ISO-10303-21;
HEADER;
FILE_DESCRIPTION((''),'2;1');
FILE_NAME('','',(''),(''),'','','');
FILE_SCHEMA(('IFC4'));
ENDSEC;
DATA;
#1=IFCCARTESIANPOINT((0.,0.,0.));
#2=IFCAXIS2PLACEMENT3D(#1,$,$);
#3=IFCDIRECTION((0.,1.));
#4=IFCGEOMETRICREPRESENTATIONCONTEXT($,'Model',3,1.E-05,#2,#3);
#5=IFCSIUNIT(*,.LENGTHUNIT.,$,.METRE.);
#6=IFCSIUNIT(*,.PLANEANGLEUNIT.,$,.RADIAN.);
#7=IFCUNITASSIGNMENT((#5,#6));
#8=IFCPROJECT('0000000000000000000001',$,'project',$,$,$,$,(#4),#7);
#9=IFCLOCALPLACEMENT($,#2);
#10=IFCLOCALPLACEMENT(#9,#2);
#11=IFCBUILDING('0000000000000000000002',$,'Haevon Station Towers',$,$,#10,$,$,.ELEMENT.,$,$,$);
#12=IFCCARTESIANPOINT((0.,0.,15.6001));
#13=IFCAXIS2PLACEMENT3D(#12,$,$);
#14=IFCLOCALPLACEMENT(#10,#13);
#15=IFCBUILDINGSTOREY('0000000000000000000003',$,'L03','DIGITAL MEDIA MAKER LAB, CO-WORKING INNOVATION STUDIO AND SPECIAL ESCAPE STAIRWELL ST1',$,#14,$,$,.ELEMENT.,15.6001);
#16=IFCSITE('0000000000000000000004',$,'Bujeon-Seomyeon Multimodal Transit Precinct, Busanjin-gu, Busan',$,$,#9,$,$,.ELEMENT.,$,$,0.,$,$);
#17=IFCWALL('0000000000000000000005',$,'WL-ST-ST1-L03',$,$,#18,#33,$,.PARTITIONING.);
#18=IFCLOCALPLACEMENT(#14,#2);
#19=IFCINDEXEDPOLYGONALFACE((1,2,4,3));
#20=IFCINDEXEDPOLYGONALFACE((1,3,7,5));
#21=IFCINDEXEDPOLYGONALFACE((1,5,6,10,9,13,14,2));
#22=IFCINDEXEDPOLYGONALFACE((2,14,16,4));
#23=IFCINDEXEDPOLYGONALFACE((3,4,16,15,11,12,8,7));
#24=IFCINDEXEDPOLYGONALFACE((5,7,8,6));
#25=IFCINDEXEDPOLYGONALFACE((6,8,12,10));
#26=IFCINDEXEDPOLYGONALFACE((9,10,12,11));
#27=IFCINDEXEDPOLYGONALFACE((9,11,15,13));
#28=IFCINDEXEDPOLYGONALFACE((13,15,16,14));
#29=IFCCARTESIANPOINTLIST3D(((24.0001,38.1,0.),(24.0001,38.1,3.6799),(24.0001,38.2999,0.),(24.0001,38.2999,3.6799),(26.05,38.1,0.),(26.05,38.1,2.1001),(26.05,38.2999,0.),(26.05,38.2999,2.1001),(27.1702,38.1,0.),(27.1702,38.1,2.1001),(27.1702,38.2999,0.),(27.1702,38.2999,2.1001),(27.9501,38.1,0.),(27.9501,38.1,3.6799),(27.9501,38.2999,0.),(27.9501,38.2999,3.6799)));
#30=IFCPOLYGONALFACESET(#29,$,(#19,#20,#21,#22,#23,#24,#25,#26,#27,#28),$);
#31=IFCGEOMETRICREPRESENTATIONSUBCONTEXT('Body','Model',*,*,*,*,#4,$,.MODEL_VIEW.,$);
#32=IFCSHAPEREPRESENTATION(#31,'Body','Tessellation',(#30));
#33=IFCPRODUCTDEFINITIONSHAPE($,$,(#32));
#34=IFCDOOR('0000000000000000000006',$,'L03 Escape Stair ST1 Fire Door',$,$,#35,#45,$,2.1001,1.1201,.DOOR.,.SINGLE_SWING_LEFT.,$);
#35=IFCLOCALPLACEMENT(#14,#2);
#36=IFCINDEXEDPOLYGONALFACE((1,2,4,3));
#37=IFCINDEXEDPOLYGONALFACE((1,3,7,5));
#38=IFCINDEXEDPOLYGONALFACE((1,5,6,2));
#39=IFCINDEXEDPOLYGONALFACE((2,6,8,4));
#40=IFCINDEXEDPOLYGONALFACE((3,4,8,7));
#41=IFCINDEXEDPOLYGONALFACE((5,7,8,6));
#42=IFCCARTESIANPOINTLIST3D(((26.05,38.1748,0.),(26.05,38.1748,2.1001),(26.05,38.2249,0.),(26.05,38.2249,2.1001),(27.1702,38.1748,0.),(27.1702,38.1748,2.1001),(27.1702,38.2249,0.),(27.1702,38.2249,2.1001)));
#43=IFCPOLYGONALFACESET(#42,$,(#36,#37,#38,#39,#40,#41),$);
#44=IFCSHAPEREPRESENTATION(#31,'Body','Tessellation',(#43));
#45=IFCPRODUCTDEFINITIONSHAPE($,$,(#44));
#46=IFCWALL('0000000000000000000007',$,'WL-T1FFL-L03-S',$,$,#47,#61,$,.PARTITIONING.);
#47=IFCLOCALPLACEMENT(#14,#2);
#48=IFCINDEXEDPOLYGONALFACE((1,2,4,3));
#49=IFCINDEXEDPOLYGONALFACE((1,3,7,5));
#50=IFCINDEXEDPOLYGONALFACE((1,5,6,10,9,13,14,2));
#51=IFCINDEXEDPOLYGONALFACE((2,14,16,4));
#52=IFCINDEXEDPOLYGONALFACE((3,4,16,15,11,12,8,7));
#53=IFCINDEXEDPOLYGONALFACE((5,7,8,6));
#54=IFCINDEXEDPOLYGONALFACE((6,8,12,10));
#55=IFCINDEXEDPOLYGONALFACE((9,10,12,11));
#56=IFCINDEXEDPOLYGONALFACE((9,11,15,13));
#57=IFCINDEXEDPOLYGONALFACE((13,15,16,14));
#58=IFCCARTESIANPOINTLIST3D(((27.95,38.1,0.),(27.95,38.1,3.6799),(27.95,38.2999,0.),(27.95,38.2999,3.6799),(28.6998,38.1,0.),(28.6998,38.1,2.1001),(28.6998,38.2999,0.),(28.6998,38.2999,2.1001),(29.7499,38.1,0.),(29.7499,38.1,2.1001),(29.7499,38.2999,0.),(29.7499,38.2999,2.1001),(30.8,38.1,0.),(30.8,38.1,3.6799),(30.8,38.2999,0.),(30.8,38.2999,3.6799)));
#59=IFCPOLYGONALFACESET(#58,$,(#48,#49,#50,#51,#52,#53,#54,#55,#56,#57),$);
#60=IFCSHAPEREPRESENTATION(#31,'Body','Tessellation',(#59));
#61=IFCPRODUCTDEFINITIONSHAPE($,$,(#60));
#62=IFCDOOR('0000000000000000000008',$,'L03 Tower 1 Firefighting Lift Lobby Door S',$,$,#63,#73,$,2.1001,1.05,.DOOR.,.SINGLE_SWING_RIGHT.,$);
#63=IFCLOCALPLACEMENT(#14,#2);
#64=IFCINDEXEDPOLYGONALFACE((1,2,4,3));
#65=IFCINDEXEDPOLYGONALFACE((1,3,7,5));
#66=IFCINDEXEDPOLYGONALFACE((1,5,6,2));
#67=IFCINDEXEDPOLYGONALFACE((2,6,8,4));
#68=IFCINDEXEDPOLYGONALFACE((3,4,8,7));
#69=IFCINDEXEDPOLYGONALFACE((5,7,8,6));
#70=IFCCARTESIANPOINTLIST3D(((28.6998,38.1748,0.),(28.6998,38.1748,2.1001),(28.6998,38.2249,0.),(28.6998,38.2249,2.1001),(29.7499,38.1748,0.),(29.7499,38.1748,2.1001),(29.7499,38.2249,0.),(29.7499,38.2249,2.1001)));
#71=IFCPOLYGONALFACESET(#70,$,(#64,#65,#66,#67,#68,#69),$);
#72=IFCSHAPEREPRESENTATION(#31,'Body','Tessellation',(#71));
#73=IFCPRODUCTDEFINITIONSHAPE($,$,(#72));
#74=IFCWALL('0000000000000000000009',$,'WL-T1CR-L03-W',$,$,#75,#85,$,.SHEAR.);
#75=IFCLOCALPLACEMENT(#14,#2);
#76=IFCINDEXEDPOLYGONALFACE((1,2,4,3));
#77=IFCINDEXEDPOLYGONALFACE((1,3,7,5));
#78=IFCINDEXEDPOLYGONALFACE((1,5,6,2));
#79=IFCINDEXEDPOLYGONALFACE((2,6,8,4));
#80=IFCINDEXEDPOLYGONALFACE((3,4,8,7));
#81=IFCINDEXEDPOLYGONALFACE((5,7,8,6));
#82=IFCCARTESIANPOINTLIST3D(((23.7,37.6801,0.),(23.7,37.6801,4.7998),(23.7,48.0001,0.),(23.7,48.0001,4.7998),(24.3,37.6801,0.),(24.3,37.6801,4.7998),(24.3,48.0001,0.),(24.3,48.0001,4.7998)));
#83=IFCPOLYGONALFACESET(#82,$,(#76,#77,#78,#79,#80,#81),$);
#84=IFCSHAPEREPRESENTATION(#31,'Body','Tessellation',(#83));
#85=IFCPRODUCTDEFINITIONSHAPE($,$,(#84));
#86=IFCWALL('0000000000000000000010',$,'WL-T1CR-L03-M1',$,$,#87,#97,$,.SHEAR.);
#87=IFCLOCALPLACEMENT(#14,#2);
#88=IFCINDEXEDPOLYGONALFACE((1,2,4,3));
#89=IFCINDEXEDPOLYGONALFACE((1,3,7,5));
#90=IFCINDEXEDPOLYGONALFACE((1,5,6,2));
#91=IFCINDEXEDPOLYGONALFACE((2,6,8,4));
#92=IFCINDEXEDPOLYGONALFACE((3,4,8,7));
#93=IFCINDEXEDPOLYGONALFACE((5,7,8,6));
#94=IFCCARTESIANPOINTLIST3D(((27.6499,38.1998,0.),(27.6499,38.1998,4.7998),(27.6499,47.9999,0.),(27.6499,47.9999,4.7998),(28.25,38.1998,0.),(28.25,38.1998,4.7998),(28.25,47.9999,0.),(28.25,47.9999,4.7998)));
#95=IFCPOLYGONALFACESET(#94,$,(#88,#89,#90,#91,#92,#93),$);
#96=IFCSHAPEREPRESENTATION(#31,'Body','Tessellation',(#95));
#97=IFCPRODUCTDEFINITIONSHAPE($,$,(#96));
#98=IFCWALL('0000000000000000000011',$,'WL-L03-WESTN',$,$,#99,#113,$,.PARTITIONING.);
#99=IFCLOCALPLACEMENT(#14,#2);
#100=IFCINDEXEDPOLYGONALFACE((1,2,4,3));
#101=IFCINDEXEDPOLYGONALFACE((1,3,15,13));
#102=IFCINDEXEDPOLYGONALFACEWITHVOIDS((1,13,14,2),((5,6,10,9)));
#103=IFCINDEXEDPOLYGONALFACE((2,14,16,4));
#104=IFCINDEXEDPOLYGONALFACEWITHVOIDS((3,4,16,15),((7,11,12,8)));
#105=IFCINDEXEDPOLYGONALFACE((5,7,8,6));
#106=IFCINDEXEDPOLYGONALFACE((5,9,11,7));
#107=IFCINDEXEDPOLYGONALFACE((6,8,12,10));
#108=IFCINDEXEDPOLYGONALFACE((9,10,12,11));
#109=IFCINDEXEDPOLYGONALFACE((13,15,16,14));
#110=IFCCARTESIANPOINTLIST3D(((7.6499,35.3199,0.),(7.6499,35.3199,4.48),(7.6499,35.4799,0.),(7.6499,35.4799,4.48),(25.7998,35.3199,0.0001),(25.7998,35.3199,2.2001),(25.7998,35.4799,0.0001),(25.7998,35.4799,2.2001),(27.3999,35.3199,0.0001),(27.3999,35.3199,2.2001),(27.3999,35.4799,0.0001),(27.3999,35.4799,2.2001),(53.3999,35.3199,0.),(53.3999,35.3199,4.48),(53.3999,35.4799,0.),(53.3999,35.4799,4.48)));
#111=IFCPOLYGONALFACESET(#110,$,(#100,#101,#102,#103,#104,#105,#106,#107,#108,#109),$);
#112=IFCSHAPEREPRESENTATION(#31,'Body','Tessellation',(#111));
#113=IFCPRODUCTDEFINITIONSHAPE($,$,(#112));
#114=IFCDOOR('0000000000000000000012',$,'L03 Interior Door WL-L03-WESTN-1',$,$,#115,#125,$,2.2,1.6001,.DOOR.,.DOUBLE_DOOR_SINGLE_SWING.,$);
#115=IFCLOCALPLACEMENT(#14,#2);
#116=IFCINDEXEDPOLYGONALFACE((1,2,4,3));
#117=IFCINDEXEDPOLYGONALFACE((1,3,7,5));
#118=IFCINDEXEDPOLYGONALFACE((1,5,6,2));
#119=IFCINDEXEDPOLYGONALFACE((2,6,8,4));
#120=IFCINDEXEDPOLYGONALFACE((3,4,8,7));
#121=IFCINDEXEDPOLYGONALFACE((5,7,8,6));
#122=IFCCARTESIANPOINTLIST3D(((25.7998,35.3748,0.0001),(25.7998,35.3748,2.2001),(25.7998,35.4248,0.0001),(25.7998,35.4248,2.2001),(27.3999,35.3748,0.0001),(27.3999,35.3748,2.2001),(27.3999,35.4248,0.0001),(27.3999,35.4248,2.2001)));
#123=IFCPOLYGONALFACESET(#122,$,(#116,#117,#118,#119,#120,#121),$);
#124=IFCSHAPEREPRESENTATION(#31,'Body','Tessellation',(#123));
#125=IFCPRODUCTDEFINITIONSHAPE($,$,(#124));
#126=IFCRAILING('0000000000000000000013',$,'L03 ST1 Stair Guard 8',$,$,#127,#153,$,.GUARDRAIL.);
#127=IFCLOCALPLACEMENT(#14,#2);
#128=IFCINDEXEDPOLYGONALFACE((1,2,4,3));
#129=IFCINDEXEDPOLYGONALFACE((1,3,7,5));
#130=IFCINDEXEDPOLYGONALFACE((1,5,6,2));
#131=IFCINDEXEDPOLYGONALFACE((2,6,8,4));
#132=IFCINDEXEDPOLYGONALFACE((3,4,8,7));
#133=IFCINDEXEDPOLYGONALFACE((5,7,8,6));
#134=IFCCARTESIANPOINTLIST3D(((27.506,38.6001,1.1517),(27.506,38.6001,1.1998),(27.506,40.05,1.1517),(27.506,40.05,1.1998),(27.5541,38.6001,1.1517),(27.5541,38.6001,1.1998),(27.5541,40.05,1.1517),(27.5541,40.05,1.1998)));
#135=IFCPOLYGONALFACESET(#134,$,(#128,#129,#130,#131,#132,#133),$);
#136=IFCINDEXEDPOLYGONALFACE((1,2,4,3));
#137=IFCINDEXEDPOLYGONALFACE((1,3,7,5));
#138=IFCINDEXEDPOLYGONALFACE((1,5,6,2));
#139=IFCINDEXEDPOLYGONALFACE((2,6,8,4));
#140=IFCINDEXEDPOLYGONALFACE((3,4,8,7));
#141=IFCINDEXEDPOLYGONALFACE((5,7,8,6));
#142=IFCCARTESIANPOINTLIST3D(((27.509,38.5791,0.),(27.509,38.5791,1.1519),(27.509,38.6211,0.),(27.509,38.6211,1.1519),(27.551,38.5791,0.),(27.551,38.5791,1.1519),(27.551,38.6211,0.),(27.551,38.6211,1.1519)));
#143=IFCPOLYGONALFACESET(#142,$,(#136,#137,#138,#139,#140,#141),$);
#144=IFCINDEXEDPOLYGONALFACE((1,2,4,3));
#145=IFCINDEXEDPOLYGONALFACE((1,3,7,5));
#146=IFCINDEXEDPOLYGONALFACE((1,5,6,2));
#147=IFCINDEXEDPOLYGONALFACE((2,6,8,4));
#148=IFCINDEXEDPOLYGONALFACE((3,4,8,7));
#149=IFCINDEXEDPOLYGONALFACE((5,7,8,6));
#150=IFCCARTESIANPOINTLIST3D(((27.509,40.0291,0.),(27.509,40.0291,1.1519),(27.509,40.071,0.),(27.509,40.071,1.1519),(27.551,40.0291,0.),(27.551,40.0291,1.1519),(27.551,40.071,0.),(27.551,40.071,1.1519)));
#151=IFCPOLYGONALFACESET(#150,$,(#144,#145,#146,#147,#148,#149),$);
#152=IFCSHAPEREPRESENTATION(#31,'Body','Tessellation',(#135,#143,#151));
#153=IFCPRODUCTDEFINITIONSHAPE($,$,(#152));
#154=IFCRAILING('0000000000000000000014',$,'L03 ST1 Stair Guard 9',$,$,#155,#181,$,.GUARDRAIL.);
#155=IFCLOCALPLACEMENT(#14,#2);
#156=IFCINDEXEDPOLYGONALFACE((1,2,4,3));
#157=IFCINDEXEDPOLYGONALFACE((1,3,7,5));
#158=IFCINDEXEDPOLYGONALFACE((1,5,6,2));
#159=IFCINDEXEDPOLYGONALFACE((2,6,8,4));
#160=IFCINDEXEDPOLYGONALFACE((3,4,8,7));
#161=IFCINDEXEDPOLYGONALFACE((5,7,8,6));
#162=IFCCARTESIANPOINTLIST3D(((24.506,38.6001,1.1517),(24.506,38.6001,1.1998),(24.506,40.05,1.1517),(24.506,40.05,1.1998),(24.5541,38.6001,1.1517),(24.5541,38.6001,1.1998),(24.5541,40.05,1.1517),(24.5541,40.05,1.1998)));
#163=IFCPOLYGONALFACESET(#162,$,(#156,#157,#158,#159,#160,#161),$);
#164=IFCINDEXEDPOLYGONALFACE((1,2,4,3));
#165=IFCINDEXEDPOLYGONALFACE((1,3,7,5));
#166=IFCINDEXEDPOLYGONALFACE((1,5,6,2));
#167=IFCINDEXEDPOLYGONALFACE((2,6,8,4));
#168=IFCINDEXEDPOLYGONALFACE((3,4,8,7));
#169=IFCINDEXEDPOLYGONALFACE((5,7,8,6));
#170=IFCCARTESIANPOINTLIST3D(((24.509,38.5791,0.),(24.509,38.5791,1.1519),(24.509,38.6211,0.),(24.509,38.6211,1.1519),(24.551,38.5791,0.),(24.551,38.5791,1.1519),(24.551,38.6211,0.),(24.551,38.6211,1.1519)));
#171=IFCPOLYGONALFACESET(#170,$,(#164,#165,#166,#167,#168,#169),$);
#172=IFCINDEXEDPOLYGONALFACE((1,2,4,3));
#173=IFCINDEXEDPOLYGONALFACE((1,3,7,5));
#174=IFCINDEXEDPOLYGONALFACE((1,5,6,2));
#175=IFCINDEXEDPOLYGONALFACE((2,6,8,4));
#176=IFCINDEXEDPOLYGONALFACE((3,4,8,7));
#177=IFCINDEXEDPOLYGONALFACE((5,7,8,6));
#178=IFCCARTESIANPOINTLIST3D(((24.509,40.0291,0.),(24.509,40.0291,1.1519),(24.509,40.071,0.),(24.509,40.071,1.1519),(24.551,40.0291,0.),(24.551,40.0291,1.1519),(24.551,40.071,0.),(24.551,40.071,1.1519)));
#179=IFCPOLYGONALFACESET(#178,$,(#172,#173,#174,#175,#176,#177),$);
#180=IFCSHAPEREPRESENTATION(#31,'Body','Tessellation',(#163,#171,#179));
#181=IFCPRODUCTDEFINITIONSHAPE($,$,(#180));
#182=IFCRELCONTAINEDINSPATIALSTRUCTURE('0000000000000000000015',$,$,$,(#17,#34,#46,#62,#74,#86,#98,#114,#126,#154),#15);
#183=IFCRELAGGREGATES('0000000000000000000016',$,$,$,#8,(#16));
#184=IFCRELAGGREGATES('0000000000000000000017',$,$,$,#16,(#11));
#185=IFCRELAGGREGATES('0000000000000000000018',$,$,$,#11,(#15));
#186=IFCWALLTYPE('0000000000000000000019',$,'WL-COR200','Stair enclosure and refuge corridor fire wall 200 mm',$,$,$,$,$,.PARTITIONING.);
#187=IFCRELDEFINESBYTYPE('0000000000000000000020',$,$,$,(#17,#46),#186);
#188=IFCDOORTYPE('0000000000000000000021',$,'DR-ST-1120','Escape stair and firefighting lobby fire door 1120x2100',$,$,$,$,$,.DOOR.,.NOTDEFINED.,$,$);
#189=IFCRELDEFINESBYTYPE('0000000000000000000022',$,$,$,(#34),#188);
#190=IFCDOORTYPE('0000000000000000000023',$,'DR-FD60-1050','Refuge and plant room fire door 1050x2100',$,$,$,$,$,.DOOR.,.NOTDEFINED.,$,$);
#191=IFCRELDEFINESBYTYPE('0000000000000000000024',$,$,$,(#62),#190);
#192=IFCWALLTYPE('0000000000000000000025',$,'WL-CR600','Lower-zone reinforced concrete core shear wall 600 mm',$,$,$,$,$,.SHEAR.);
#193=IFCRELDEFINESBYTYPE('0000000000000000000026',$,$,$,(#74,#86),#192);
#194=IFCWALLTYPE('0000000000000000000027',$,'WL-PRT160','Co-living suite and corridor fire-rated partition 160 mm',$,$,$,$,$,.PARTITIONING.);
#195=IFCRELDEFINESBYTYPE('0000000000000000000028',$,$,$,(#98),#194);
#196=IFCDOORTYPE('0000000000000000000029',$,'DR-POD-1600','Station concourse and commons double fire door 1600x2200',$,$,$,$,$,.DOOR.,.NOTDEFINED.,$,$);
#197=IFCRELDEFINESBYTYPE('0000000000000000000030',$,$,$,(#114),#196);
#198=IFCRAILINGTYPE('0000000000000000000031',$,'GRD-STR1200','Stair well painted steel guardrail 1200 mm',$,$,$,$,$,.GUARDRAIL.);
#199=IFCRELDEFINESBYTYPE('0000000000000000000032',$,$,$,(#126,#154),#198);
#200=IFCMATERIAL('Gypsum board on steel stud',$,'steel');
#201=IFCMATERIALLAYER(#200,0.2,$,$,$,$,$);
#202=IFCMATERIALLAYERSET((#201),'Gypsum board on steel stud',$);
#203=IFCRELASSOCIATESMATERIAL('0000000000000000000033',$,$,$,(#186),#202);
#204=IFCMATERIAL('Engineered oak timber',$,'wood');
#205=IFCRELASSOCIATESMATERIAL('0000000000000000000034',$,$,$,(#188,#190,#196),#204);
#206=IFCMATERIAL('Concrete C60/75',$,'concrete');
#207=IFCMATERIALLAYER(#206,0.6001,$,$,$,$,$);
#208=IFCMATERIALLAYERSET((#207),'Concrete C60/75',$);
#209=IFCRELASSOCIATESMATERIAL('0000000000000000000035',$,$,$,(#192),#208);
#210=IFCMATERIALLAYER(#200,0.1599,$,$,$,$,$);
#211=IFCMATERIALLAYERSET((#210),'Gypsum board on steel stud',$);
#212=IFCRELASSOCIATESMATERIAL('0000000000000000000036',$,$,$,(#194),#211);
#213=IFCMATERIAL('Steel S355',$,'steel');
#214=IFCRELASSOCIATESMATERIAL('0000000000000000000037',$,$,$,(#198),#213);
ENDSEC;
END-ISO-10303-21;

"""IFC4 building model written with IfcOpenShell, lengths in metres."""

from ifc_helpers import new_model, si_unit, direction, frame, frame_2d, origin, origin_2d, place, context, subcontext, project, spatial, rectangle, extrude, material, layer, layer_set, type_object, element, fill, save


model = new_model("IFC4")

# Units and contexts
model_context = context("Model", 3, precision=1e-05, world=origin(), true_north=direction((0.0, 1.0)))
body_context = subcontext(model_context, "Body", "Model", "MODEL_VIEW")
ifc_project = project(units=[si_unit("LENGTHUNIT", "METRE"), si_unit("PLANEANGLEUNIT", "RADIAN")], contexts=[model_context])

# Site, building, storey
site_placement = place(None, origin())
site = spatial("IfcSite", under=ifc_project, at=site_placement, Name="Bujeon-Seomyeon Multimodal Transit Precinct, Busanjin-gu, Busan", CompositionType="ELEMENT", RefElevation=0.0)
building_placement = place(site_placement, origin())
building = spatial("IfcBuilding", under=site, at=building_placement, Name="Haevon Station Towers", CompositionType="ELEMENT")
storey_placement = place(building_placement, frame((0.0, 0.0, 15.6001)))
storey = spatial("IfcBuildingStorey", under=building, at=storey_placement, Name="L03", Description="DIGITAL MEDIA MAKER LAB, CO-WORKING INNOVATION STUDIO AND SPECIAL ESCAPE STAIRWELL ST1", CompositionType="ELEMENT", Elevation=15.6001)

# Shared definitions
ifc_material_1 = material(Name="Steel S355", Category="steel")

# Walls, openings, doors
ifc_material_2 = material(Name="Gypsum board on steel stud", Category="steel")
ifc_layer_1 = layer(ifc_material_2, 0.2)
ifc_layer_set_1 = layer_set([ifc_layer_1], Name="Gypsum board on steel stud")
wall_type_1 = type_object("IfcWallType", Name="WL-COR200", Description="Stair enclosure and refuge corridor fire wall 200 mm", PredefinedType="PARTITIONING", material=ifc_layer_set_1)
wall_1_placement = place(storey_placement, frame((24.0, 38.2, 0.0), z_axis=(0.0, 0.0, 1.0), x_axis=(1.0, 0.0, 0.0)))
wall_1 = element("IfcWall", 1, at=wall_1_placement, inside=storey, type_object=wall_type_1, Name="WL-ST-ST1-L03", PredefinedType="PARTITIONING", context=body_context, shape_type="SweptSolid", body=[
    extrude(rectangle(XDim=3.95, YDim=0.2, at=frame_2d((1.9751, 0.0))), origin(), (0.0, 0.0, 1.0), 3.6799),
])
opening_1_placement = place(wall_1_placement, frame((2.05, 0.0, 0.0)))
opening_1 = element("IfcOpeningElement", 2, at=opening_1_placement, cuts=wall_1, PredefinedType="OPENING", context=body_context, shape_type="SweptSolid", body=[
    extrude(rectangle(XDim=1.1201, YDim=2.1001, at=frame_2d((0.5601, 1.05))), frame((0.0, 0.1099, 0.0), z_axis=(0.0, -1.0, 0.0), x_axis=(1.0, 0.0, 0.0)), (0.0, 0.0, 1.0), 0.22),
])
ifc_material_3 = material(Name="Engineered oak timber", Category="wood")
door_type_1 = type_object("IfcDoorType", Name="DR-ST-1120", Description="Escape stair and firefighting lobby fire door 1120x2100", OperationType="NOTDEFINED", PredefinedType="DOOR", material=ifc_material_3)
door_1_placement = place(opening_1_placement, origin())
door_1 = element("IfcDoor", 3, at=door_1_placement, inside=storey, type_object=door_type_1, Name="L03 Escape Stair ST1 Fire Door", OperationType="SINGLE_SWING_LEFT", OverallHeight=2.1001, OverallWidth=1.1201, PredefinedType="DOOR", context=body_context, shape_type="SweptSolid", body=[
    extrude(rectangle(XDim=1.1201, YDim=2.1001, at=frame_2d((0.5601, 1.05))), frame((0.0, 0.0249, 0.0), z_axis=(0.0, -1.0, 0.0), x_axis=(1.0, 0.0, 0.0)), (0.0, 0.0, 1.0), 0.05),
])
fill(opening_1, door_1)
wall_2_placement = place(storey_placement, frame((27.95, 38.2, 0.0), z_axis=(0.0, 0.0, 1.0), x_axis=(1.0, 0.0, 0.0)))
wall_2 = element("IfcWall", 4, at=wall_2_placement, inside=storey, type_object=wall_type_1, Name="WL-T1FFL-L03-S", PredefinedType="PARTITIONING", context=body_context, shape_type="SweptSolid", body=[
    extrude(rectangle(XDim=2.8501, YDim=0.2, at=frame_2d((1.425, 0.0))), origin(), (0.0, 0.0, 1.0), 3.6799),
])
opening_2_placement = place(wall_2_placement, frame((0.75, 0.0, 0.0)))
opening_2 = element("IfcOpeningElement", 5, at=opening_2_placement, cuts=wall_2, PredefinedType="OPENING", context=body_context, shape_type="SweptSolid", body=[
    extrude(rectangle(XDim=1.05, YDim=2.1001, at=frame_2d((0.5249, 1.05))), frame((0.0, 0.1099, 0.0), z_axis=(0.0, -1.0, 0.0), x_axis=(1.0, 0.0, 0.0)), (0.0, 0.0, 1.0), 0.22),
])
door_type_2 = type_object("IfcDoorType", Name="DR-FD60-1050", Description="Refuge and plant room fire door 1050x2100", OperationType="NOTDEFINED", PredefinedType="DOOR", material=ifc_material_3)
door_2_placement = place(opening_2_placement, origin())
door_2 = element("IfcDoor", 6, at=door_2_placement, inside=storey, type_object=door_type_2, Name="L03 Tower 1 Firefighting Lift Lobby Door S", OperationType="SINGLE_SWING_RIGHT", OverallHeight=2.1001, OverallWidth=1.05, PredefinedType="DOOR", context=body_context, shape_type="SweptSolid", body=[
    extrude(rectangle(XDim=1.05, YDim=2.1001, at=frame_2d((0.5249, 1.05))), frame((0.0, 0.0249, 0.0), z_axis=(0.0, -1.0, 0.0), x_axis=(1.0, 0.0, 0.0)), (0.0, 0.0, 1.0), 0.05),
])
fill(opening_2, door_2)

# Walls
ifc_material_4 = material(Name="Concrete C60/75", Category="concrete")
ifc_layer_2 = layer(ifc_material_4, 0.6001)
ifc_layer_set_2 = layer_set([ifc_layer_2], Name="Concrete C60/75")
wall_type_2 = type_object("IfcWallType", Name="WL-CR600", Description="Lower-zone reinforced concrete core shear wall 600 mm", PredefinedType="SHEAR", material=ifc_layer_set_2)
wall_3_placement = place(storey_placement, frame((24.0, 37.6799, 0.0), z_axis=(0.0, 0.0, 1.0), x_axis=(0.0, 1.0, 0.0)))
element("IfcWall", 7, at=wall_3_placement, inside=storey, type_object=wall_type_2, Name="WL-T1CR-L03-W", PredefinedType="SHEAR", context=body_context, shape_type="SweptSolid", body=[
    extrude(rectangle(XDim=10.3201, YDim=0.6001, at=frame_2d((5.1602, 0.0))), origin(), (0.0, 0.0, 1.0), 4.7998),
])
wall_4_placement = place(storey_placement, frame((27.95, 38.2, 0.0), z_axis=(0.0, 0.0, 1.0), x_axis=(0.0, 1.0, 0.0)))
element("IfcWall", 8, at=wall_4_placement, inside=storey, type_object=wall_type_2, Name="WL-T1CR-L03-M1", PredefinedType="SHEAR", context=body_context, shape_type="SweptSolid", body=[
    extrude(rectangle(XDim=9.8, YDim=0.6001, at=frame_2d((4.8999, 0.0))), origin(), (0.0, 0.0, 1.0), 4.7998),
])

# Wall, opening, door
ifc_layer_3 = layer(ifc_material_2, 0.1599)
ifc_layer_set_3 = layer_set([ifc_layer_3], Name="Gypsum board on steel stud")
wall_type_3 = type_object("IfcWallType", Name="WL-PRT160", Description="Co-living suite and corridor fire-rated partition 160 mm", PredefinedType="PARTITIONING", material=ifc_layer_set_3)
wall_5_placement = place(storey_placement, frame((7.6499, 35.3999, 0.0), z_axis=(0.0, 0.0, 1.0), x_axis=(1.0, 0.0, 0.0)))
wall_5 = element("IfcWall", 9, at=wall_5_placement, inside=storey, type_object=wall_type_3, Name="WL-L03-WESTN", PredefinedType="PARTITIONING", context=body_context, shape_type="SweptSolid", body=[
    extrude(rectangle(XDim=45.75, YDim=0.1599, at=frame_2d((22.875, 0.0))), origin(), (0.0, 0.0, 1.0), 4.48),
])
opening_3_placement = place(wall_5_placement, frame((18.1499, 0.0, 0.0)))
opening_3 = element("IfcOpeningElement", 10, at=opening_3_placement, cuts=wall_5, PredefinedType="OPENING", context=body_context, shape_type="SweptSolid", body=[
    extrude(rectangle(XDim=1.6001, YDim=2.2, at=frame_2d((0.8, 1.1001))), frame((0.0, 0.0898, 0.0), z_axis=(0.0, -1.0, 0.0), x_axis=(1.0, 0.0, 0.0)), (0.0, 0.0, 1.0), 0.1799),
])
door_type_3 = type_object("IfcDoorType", Name="DR-POD-1600", Description="Station concourse and commons double fire door 1600x2200", OperationType="NOTDEFINED", PredefinedType="DOOR", material=ifc_material_3)
door_3_placement = place(opening_3_placement, origin())
door_3 = element("IfcDoor", 11, at=door_3_placement, inside=storey, type_object=door_type_3, Name="L03 Interior Door WL-L03-WESTN-1", OperationType="DOUBLE_DOOR_SINGLE_SWING", OverallHeight=2.2, OverallWidth=1.6001, PredefinedType="DOOR", context=body_context, shape_type="SweptSolid", body=[
    extrude(rectangle(XDim=1.6001, YDim=2.2, at=frame_2d((0.8, 1.1001))), frame((0.0, 0.0249, 0.0), z_axis=(0.0, -1.0, 0.0), x_axis=(1.0, 0.0, 0.0)), (0.0, 0.0, 1.0), 0.05),
])
fill(opening_3, door_3)

# Railings
railing_type = type_object("IfcRailingType", Name="GRD-STR1200", Description="Stair well painted steel guardrail 1200 mm", PredefinedType="GUARDRAIL", material=ifc_material_1)
for number, where, name in (
    (12, (27.53, 38.6001, 0.0), "L03 ST1 Stair Guard 8"),
    (13, (24.53, 38.6001, 0.0), "L03 ST1 Stair Guard 9"),
):
    element("IfcRailing", number, at=place(storey_placement, frame(where)), inside=storey, type_object=railing_type, Name=name, PredefinedType="GUARDRAIL", context=body_context, shape_type="SweptSolid", body=[
        extrude(rectangle(XDim=0.0481, YDim=0.0481, at=origin_2d()), frame((0.0, 0.0, 1.1758), z_axis=(0.0, 1.0, 0.0), x_axis=(-1.0, 0.0, 0.0)), (0.0, 0.0, 1.0), 1.45),
        extrude(rectangle(XDim=0.042, YDim=0.042, at=origin_2d()), origin(), (0.0, 0.0, 1.0), 1.1519),
        extrude(rectangle(XDim=0.042, YDim=0.042, at=origin_2d()), frame((0.0, 1.45, 0.0)), (0.0, 0.0, 1.0), 1.1519),
    ])

save(model, "model.ifc")
